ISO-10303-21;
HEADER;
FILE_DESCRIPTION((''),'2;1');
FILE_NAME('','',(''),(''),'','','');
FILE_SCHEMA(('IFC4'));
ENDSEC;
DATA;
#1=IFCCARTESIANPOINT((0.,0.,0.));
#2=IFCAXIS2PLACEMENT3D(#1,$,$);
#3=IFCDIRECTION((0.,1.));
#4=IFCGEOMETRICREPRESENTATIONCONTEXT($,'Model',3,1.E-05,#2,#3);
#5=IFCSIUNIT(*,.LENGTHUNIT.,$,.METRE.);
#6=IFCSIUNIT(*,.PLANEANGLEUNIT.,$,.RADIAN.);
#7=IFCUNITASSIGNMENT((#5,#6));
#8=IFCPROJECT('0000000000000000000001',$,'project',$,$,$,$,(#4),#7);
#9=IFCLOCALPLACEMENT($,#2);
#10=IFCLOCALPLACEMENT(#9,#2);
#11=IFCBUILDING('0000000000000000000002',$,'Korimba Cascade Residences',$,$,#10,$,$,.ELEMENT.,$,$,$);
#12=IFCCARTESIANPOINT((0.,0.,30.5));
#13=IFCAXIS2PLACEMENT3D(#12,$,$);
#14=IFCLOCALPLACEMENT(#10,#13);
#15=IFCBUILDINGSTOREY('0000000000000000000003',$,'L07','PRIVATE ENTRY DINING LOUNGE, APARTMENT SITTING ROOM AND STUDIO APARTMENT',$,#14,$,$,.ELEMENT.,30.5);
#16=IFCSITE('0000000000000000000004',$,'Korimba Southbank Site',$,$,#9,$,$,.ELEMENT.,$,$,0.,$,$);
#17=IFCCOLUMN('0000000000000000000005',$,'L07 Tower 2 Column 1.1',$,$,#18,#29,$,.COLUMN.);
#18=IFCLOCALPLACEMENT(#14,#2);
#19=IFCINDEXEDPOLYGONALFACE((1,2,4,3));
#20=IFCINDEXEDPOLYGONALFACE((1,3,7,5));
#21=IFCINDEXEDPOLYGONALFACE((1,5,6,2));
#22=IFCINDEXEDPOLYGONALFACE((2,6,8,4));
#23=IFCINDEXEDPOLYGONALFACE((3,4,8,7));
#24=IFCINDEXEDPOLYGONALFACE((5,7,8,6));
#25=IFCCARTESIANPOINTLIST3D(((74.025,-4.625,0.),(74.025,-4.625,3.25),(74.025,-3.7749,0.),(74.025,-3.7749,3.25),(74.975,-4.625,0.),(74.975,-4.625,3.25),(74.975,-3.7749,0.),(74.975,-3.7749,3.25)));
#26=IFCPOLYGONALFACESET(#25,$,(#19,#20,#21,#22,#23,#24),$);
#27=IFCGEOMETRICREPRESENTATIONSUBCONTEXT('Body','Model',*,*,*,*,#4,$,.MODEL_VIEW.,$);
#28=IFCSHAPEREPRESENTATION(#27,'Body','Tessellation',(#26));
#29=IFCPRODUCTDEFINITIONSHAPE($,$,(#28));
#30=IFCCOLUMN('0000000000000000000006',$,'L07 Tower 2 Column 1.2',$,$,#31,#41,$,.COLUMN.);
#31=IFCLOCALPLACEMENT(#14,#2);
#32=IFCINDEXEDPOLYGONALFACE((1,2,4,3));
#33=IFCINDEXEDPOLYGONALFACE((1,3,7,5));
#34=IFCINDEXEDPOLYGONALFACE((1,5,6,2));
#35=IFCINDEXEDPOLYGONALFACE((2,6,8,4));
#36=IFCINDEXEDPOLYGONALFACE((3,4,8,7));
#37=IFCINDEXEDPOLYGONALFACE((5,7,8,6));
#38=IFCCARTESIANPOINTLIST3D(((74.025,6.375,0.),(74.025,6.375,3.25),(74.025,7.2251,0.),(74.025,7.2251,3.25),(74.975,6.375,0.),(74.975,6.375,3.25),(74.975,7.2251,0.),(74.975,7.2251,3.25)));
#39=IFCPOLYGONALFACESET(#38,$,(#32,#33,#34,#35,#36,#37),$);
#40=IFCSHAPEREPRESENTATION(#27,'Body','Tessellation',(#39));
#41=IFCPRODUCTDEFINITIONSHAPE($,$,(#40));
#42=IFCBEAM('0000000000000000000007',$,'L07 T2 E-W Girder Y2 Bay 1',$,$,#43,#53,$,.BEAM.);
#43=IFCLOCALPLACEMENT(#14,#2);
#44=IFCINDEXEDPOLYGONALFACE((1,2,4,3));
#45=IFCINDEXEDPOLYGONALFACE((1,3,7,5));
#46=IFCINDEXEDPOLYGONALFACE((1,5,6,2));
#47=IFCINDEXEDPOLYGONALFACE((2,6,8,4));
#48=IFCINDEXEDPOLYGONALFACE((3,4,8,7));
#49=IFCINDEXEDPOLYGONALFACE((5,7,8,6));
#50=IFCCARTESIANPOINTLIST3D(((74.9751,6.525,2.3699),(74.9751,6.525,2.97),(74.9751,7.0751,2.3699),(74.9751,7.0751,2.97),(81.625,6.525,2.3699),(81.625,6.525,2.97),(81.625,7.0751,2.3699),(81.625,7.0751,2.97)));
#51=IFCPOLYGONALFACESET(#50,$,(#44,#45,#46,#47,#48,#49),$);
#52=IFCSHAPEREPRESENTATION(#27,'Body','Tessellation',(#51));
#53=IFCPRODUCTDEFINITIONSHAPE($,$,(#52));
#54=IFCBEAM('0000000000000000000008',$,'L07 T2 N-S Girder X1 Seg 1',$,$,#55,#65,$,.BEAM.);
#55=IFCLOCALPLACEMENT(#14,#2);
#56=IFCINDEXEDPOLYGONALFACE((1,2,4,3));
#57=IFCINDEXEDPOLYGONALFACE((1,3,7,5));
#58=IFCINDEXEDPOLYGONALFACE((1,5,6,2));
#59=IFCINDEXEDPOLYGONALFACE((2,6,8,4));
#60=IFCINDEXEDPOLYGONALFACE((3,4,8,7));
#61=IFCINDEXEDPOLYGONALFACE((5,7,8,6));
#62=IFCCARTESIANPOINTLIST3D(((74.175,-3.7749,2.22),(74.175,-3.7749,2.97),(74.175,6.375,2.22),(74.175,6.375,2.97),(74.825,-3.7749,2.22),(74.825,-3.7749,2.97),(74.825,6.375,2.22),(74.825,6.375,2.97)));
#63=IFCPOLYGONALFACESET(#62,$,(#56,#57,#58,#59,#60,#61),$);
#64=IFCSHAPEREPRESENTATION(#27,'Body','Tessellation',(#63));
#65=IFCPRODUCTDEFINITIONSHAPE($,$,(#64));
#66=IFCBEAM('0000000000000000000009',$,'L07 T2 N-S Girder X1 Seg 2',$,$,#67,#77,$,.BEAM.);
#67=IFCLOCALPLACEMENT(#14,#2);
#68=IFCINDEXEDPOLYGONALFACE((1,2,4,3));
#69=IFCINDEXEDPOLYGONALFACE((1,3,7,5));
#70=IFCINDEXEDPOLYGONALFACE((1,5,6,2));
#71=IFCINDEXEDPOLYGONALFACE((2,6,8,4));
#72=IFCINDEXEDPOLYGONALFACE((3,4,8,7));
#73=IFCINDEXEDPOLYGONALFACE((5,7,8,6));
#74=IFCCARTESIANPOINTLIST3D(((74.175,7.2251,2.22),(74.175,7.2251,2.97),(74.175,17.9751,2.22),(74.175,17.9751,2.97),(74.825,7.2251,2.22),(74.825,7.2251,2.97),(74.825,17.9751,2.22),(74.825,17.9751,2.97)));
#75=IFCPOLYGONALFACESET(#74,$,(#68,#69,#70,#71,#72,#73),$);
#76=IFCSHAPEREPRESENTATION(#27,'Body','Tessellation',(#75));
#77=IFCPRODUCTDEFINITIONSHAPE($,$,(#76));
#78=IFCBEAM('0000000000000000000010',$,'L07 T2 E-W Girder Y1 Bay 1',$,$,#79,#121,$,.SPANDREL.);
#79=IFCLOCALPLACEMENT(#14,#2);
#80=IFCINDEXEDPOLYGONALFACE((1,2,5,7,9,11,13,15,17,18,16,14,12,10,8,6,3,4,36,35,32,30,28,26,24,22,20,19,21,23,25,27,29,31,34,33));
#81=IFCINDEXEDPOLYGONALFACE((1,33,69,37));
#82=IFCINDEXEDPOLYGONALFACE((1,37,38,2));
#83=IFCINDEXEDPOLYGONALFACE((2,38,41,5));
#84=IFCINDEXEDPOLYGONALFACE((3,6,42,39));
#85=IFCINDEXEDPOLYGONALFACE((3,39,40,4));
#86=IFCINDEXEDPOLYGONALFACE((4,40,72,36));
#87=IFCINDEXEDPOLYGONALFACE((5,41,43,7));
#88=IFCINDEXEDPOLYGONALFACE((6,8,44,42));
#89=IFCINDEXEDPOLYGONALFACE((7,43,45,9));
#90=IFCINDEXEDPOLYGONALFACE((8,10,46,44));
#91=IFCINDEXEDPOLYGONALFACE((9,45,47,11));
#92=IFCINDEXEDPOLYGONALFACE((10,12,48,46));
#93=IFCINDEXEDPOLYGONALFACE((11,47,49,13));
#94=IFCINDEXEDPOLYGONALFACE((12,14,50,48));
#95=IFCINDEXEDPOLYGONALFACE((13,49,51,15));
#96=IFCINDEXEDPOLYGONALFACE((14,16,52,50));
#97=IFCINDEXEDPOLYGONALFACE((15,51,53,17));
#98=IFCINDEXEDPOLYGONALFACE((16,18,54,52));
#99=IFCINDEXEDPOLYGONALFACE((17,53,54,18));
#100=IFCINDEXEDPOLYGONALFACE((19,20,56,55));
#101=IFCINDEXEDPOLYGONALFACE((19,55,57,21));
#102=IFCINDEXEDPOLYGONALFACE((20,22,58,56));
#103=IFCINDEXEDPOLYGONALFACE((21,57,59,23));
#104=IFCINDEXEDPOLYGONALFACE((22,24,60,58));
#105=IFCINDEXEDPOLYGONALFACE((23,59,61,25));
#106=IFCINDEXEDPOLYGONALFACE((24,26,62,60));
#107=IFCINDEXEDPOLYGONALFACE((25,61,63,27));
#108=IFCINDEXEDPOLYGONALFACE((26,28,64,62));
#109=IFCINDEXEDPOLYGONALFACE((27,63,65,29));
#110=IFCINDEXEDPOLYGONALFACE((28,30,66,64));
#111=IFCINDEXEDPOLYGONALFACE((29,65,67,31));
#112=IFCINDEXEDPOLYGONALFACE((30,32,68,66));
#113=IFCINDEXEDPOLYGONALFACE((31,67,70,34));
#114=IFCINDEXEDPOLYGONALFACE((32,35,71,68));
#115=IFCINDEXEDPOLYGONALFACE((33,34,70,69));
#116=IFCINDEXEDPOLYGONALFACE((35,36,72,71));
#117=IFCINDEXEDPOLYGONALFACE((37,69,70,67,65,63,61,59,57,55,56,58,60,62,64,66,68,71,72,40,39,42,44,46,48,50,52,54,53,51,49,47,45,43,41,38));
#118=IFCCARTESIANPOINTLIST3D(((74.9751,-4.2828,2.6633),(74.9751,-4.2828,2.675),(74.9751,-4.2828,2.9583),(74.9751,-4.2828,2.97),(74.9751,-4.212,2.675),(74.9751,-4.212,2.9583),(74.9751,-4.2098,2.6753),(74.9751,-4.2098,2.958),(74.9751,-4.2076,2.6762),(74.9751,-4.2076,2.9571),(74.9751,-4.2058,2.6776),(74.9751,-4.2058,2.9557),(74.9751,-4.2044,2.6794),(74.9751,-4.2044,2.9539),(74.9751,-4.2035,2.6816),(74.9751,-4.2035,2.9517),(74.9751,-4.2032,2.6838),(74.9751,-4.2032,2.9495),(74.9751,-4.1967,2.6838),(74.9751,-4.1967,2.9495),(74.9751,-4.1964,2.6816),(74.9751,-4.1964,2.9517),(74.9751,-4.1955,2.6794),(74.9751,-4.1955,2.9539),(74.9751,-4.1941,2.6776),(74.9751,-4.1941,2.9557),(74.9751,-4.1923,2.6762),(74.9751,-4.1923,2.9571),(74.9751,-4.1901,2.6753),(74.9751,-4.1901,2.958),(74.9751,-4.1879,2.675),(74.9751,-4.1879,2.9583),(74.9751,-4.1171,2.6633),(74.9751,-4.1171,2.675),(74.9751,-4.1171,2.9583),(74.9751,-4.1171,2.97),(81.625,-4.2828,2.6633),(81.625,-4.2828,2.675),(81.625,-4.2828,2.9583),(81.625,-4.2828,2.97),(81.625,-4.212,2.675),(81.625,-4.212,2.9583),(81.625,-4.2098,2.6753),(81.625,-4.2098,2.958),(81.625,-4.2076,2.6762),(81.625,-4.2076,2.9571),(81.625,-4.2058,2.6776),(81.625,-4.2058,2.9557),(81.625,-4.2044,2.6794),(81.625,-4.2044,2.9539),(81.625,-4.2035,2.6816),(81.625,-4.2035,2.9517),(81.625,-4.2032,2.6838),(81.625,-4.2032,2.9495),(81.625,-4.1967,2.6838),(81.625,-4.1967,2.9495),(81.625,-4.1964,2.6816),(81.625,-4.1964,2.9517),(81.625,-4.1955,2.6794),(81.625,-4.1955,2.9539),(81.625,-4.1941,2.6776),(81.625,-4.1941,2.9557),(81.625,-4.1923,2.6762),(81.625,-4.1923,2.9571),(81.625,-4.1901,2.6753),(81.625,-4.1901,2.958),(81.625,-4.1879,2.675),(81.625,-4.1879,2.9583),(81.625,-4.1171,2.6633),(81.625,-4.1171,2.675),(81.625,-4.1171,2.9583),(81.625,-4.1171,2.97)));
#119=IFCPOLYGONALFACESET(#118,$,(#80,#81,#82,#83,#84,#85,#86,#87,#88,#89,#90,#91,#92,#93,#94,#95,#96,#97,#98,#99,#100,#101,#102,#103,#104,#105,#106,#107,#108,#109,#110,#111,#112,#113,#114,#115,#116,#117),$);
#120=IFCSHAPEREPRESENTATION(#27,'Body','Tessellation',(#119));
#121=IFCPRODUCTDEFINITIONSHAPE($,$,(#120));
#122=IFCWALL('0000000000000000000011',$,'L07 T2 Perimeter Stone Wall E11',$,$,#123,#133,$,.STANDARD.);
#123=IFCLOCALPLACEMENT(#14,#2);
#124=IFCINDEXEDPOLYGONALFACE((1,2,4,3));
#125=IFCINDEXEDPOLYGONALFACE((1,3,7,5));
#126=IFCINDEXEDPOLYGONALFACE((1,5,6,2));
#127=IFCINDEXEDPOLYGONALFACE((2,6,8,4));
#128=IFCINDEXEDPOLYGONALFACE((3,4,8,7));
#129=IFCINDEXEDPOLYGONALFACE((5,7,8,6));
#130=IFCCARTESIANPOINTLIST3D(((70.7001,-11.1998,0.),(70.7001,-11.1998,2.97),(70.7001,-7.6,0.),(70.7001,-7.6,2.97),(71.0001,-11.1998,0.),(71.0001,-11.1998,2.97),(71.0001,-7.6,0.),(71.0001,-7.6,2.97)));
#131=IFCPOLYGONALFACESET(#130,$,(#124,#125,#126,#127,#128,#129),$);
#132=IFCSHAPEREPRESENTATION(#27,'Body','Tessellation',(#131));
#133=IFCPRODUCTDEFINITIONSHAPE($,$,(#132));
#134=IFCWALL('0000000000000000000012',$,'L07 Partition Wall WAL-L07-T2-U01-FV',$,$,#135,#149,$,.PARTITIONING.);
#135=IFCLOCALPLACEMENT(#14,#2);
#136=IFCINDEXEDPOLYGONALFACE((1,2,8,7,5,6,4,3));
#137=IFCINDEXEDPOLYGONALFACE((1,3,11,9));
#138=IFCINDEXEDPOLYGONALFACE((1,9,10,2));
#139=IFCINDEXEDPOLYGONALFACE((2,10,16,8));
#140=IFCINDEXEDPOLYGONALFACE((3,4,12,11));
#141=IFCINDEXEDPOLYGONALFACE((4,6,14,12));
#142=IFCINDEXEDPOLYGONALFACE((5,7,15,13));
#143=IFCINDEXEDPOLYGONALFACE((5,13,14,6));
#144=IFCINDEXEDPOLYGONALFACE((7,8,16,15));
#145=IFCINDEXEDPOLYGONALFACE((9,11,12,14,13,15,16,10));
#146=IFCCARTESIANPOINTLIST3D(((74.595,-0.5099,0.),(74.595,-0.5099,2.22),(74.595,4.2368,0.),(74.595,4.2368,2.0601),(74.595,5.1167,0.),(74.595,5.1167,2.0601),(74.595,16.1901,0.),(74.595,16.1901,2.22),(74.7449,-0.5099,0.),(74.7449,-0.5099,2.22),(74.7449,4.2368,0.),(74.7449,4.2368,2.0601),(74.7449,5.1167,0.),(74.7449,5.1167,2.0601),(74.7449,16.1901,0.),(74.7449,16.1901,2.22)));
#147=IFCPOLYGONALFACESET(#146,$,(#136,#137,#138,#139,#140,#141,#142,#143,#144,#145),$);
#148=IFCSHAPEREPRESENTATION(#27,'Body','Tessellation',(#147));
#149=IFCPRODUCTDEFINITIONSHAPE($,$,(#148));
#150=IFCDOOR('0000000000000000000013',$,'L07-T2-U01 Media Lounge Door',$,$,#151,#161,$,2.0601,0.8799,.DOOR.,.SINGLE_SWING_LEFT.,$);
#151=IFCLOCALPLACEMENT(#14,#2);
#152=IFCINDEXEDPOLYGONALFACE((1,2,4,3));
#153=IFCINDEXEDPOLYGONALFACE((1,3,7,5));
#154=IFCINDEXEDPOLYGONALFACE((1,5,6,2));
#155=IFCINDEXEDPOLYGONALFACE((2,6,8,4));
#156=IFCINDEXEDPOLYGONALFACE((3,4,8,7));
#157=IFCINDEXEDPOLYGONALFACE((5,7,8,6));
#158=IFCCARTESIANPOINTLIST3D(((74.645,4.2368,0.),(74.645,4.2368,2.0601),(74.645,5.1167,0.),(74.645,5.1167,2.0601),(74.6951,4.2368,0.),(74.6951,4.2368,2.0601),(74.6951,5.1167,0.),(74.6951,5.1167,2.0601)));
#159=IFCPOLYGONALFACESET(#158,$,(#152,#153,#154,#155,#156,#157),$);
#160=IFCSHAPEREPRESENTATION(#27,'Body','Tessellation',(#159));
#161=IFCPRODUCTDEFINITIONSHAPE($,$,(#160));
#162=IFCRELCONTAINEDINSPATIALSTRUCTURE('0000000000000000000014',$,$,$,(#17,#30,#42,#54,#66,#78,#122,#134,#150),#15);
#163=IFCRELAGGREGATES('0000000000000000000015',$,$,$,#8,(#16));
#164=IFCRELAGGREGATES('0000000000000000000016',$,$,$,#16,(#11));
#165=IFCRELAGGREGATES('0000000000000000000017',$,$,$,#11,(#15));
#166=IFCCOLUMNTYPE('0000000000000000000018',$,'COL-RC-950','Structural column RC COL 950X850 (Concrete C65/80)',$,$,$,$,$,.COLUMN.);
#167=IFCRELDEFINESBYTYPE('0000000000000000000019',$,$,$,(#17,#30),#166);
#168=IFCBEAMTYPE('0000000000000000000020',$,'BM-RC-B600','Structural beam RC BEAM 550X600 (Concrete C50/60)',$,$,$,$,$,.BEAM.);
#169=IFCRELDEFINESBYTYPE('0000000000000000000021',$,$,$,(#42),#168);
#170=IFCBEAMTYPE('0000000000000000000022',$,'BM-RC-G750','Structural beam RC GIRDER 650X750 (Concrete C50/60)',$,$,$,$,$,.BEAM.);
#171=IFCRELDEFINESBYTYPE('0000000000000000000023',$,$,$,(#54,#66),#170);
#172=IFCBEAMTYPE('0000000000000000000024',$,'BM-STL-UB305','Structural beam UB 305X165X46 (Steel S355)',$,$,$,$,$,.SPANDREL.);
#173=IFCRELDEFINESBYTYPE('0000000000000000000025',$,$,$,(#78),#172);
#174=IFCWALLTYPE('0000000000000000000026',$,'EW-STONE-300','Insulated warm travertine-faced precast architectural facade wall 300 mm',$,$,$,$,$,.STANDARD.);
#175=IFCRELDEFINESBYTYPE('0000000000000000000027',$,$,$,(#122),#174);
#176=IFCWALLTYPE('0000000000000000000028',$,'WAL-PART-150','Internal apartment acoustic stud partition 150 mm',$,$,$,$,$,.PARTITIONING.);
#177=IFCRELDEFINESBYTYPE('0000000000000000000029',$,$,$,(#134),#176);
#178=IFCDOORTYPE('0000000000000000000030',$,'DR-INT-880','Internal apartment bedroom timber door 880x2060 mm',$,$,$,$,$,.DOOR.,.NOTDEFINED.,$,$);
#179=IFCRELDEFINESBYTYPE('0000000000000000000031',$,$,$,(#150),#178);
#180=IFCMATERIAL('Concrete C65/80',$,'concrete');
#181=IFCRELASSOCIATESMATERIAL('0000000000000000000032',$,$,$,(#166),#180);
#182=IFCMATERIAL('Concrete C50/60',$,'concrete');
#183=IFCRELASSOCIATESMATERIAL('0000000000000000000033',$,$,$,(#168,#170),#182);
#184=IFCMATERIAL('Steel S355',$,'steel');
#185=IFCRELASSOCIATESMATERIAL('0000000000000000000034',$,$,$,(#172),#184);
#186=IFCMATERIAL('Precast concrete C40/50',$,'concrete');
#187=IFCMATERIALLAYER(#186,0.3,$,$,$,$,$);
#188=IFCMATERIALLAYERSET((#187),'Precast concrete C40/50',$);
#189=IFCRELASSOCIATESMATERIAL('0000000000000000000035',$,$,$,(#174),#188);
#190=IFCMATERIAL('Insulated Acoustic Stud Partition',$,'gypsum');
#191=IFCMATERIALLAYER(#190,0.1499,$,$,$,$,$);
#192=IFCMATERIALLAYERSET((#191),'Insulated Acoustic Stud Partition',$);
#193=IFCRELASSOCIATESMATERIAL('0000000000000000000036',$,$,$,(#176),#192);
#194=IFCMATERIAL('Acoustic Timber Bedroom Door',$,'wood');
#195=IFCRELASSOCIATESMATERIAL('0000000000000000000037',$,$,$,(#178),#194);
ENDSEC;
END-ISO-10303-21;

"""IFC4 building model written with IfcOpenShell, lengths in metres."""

from ifc_helpers import new_model, si_unit, direction, frame, frame_2d, origin, origin_2d, place, context, subcontext, project, spatial, rectangle, i_section, extrude, material, layer, layer_set, material_profile, profile_set, type_object, element, fill, save


model = new_model("IFC4")

# Units and contexts
model_context = context("Model", 3, precision=1e-05, world=origin(), true_north=direction((0.0, 1.0)))
body_context = subcontext(model_context, "Body", "Model", "MODEL_VIEW")
ifc_project = project(units=[si_unit("LENGTHUNIT", "METRE"), si_unit("PLANEANGLEUNIT", "RADIAN")], contexts=[model_context])

# Site, building, storey
site_placement = place(None, origin())
site = spatial("IfcSite", under=ifc_project, at=site_placement, Name="Korimba Southbank Site", CompositionType="ELEMENT", RefElevation=0.0)
building_placement = place(site_placement, origin())
building = spatial("IfcBuilding", under=site, at=building_placement, Name="Korimba Cascade Residences", CompositionType="ELEMENT")
storey_placement = place(building_placement, frame((0.0, 0.0, 30.5)))
storey = spatial("IfcBuildingStorey", under=building, at=storey_placement, Name="L07", Description="PRIVATE ENTRY DINING LOUNGE, APARTMENT SITTING ROOM AND STUDIO APARTMENT", CompositionType="ELEMENT", Elevation=30.5)

# Columns
ifc_material_1 = material(Name="Concrete C65/80", Category="concrete")
ifc_material_profile_1 = material_profile(ifc_material_1, rectangle(XDim=0.95, YDim=0.8501, at=origin_2d()), Name="Concrete C65/80")
ifc_profile_set_1 = profile_set([ifc_material_profile_1], Name="Concrete C65/80")
column_type = type_object("IfcColumnType", Name="COL-RC-950", Description="Structural column RC COL 950X850 (Concrete C65/80)", PredefinedType="COLUMN", material=ifc_profile_set_1)
for number, where, z_axis, x_axis, name in (
    (1, (74.5, -4.2, 0.0), (0.0, 0.0, 1.0), (1.0, 0.0, 0.0), "L07 Tower 2 Column 1.1"),
    (2, (74.5, 6.8, 0.0), (0.0, 0.0, 1.0), (1.0, 0.0, 0.0), "L07 Tower 2 Column 1.2"),
):
    element("IfcColumn", number, at=place(storey_placement, frame(where, z_axis=z_axis, x_axis=x_axis)), inside=storey, type_object=column_type, Name=name, PredefinedType="COLUMN", context=body_context, shape_type="SweptSolid", body=[
        extrude(rectangle(XDim=0.95, YDim=0.8501, at=origin_2d()), origin(), (0.0, 0.0, 1.0), 3.25),
    ])

# Beams
ifc_material_2 = material(Name="Concrete C50/60", Category="concrete")
ifc_material_profile_2 = material_profile(ifc_material_2, rectangle(XDim=0.55, YDim=0.6001, at=origin_2d()), Name="Concrete C50/60")
ifc_profile_set_2 = profile_set([ifc_material_profile_2], Name="Concrete C50/60")
beam_type_1 = type_object("IfcBeamType", Name="BM-RC-B600", Description="Structural beam RC BEAM 550X600 (Concrete C50/60)", PredefinedType="BEAM", material=ifc_profile_set_2)
beam_1_placement = place(storey_placement, frame((74.9751, 6.8, 2.6699), z_axis=(1.0, 0.0, 0.0), x_axis=(0.0, 1.0, 0.0)))
element("IfcBeam", 3, at=beam_1_placement, inside=storey, type_object=beam_type_1, Name="L07 T2 E-W Girder Y2 Bay 1", PredefinedType="BEAM", context=body_context, shape_type="SweptSolid", body=[
    extrude(rectangle(XDim=0.55, YDim=0.6001, at=origin_2d()), origin(), (0.0, 0.0, 1.0), 6.6499),
])
ifc_material_profile_3 = material_profile(ifc_material_2, rectangle(XDim=0.6499, YDim=0.75, at=origin_2d()), Name="Concrete C50/60")
ifc_profile_set_3 = profile_set([ifc_material_profile_3], Name="Concrete C50/60")
beam_type_2 = type_object("IfcBeamType", Name="BM-RC-G750", Description="Structural beam RC GIRDER 650X750 (Concrete C50/60)", PredefinedType="BEAM", material=ifc_profile_set_3)
beam_2_placement = place(storey_placement, frame((74.5, -3.7749, 2.595), z_axis=(0.0, 1.0, 0.0), x_axis=(-1.0, 0.0, 0.0)))
element("IfcBeam", 4, at=beam_2_placement, inside=storey, type_object=beam_type_2, Name="L07 T2 N-S Girder X1 Seg 1", PredefinedType="BEAM", context=body_context, shape_type="SweptSolid", body=[
    extrude(rectangle(XDim=0.6499, YDim=0.75, at=origin_2d()), origin(), (0.0, 0.0, 1.0), 10.1499),
])
beam_3_placement = place(storey_placement, frame((74.5, 7.2251, 2.595), z_axis=(0.0, 1.0, 0.0), x_axis=(-1.0, 0.0, 0.0)))
element("IfcBeam", 5, at=beam_3_placement, inside=storey, type_object=beam_type_2, Name="L07 T2 N-S Girder X1 Seg 2", PredefinedType="BEAM", context=body_context, shape_type="SweptSolid", body=[
    extrude(rectangle(XDim=0.6499, YDim=0.75, at=origin_2d()), origin(), (0.0, 0.0, 1.0), 10.75),
])
ifc_material_3 = material(Name="Steel S355", Category="steel")
ifc_material_profile_4 = material_profile(ifc_material_3, i_section(OverallWidth=0.1658, OverallDepth=0.3066, WebThickness=0.0066, FlangeThickness=0.0117, FilletRadius=0.0088, at=origin_2d()), Name="Steel S355")
ifc_profile_set_4 = profile_set([ifc_material_profile_4], Name="Steel S355")
beam_type_3 = type_object("IfcBeamType", Name="BM-STL-UB305", Description="Structural beam UB 305X165X46 (Steel S355)", PredefinedType="SPANDREL", material=ifc_profile_set_4)
beam_4_placement = place(storey_placement, frame((74.9751, -4.2, 2.8167), z_axis=(1.0, 0.0, 0.0), x_axis=(0.0, 1.0, 0.0)))
element("IfcBeam", 6, at=beam_4_placement, inside=storey, type_object=beam_type_3, Name="L07 T2 E-W Girder Y1 Bay 1", PredefinedType="SPANDREL", context=body_context, shape_type="SweptSolid", body=[
    extrude(i_section(OverallWidth=0.1658, OverallDepth=0.3066, WebThickness=0.0066, FlangeThickness=0.0117, FilletRadius=0.0088, at=origin_2d()), origin(), (0.0, 0.0, 1.0), 6.6499),
])

# Wall
ifc_material_4 = material(Name="Precast concrete C40/50", Category="concrete")
ifc_layer_1 = layer(ifc_material_4, 0.3)
ifc_layer_set_1 = layer_set([ifc_layer_1], Name="Precast concrete C40/50")
wall_type_1 = type_object("IfcWallType", Name="EW-STONE-300", Description="Insulated warm travertine-faced precast architectural facade wall 300 mm", PredefinedType="STANDARD", material=ifc_layer_set_1)
wall_1_placement = place(storey_placement, frame((70.8501, -7.6001, 0.0), z_axis=(0.0, 0.0, 1.0), x_axis=(0.0, -1.0, 0.0)))
element("IfcWall", 7, at=wall_1_placement, inside=storey, type_object=wall_type_1, Name="L07 T2 Perimeter Stone Wall E11", PredefinedType="STANDARD", context=body_context, shape_type="SweptSolid", body=[
    extrude(rectangle(XDim=3.5999, YDim=0.3, at=frame_2d((1.7998, 0.0))), origin(), (0.0, 0.0, 1.0), 2.97),
])

# Wall, opening, door
ifc_material_5 = material(Name="Insulated Acoustic Stud Partition", Category="gypsum")
ifc_layer_2 = layer(ifc_material_5, 0.1499)
ifc_layer_set_2 = layer_set([ifc_layer_2], Name="Insulated Acoustic Stud Partition")
wall_type_2 = type_object("IfcWallType", Name="WAL-PART-150", Description="Internal apartment acoustic stud partition 150 mm", PredefinedType="PARTITIONING", material=ifc_layer_set_2)
wall_2_placement = place(storey_placement, frame((74.6699, -0.51, 0.0), z_axis=(0.0, 0.0, 1.0), x_axis=(0.0, 1.0, 0.0)))
wall_2 = element("IfcWall", 8, at=wall_2_placement, inside=storey, type_object=wall_type_2, Name="L07 Partition Wall WAL-L07-T2-U01-FV", PredefinedType="PARTITIONING", context=body_context, shape_type="SweptSolid", body=[
    extrude(rectangle(XDim=16.7, YDim=0.1499, at=frame_2d((8.3501, 0.0))), origin(), (0.0, 0.0, 1.0), 2.22),
])
opening_1_placement = place(wall_2_placement, frame((4.7468, 0.0, 0.0)))
opening_1 = element("IfcOpeningElement", 9, at=opening_1_placement, cuts=wall_2, PredefinedType="OPENING", context=body_context, shape_type="SweptSolid", body=[
    extrude(rectangle(XDim=0.8799, YDim=2.0601, at=frame_2d((0.4399, 1.03))), frame((0.0, 0.085, 0.0), z_axis=(0.0, -1.0, 0.0), x_axis=(1.0, 0.0, 0.0)), (0.0, 0.0, 1.0), 0.1699),
])
ifc_material_6 = material(Name="Acoustic Timber Bedroom Door", Category="wood")
door_type_1 = type_object("IfcDoorType", Name="DR-INT-880", Description="Internal apartment bedroom timber door 880x2060 mm", OperationType="NOTDEFINED", PredefinedType="DOOR", material=ifc_material_6)
door_1_placement = place(opening_1_placement, origin())
door_1 = element("IfcDoor", 10, at=door_1_placement, inside=storey, type_object=door_type_1, Name="L07-T2-U01 Media Lounge Door", OperationType="SINGLE_SWING_LEFT", OverallHeight=2.0601, OverallWidth=0.8799, PredefinedType="DOOR", context=body_context, shape_type="SweptSolid", body=[
    extrude(rectangle(XDim=0.8799, YDim=2.0601, at=frame_2d((0.4399, 1.03))), frame((0.0, 0.0249, 0.0), z_axis=(0.0, -1.0, 0.0), x_axis=(1.0, 0.0, 0.0)), (0.0, 0.0, 1.0), 0.05),
])
fill(opening_1, door_1)

save(model, "model.ifc")
